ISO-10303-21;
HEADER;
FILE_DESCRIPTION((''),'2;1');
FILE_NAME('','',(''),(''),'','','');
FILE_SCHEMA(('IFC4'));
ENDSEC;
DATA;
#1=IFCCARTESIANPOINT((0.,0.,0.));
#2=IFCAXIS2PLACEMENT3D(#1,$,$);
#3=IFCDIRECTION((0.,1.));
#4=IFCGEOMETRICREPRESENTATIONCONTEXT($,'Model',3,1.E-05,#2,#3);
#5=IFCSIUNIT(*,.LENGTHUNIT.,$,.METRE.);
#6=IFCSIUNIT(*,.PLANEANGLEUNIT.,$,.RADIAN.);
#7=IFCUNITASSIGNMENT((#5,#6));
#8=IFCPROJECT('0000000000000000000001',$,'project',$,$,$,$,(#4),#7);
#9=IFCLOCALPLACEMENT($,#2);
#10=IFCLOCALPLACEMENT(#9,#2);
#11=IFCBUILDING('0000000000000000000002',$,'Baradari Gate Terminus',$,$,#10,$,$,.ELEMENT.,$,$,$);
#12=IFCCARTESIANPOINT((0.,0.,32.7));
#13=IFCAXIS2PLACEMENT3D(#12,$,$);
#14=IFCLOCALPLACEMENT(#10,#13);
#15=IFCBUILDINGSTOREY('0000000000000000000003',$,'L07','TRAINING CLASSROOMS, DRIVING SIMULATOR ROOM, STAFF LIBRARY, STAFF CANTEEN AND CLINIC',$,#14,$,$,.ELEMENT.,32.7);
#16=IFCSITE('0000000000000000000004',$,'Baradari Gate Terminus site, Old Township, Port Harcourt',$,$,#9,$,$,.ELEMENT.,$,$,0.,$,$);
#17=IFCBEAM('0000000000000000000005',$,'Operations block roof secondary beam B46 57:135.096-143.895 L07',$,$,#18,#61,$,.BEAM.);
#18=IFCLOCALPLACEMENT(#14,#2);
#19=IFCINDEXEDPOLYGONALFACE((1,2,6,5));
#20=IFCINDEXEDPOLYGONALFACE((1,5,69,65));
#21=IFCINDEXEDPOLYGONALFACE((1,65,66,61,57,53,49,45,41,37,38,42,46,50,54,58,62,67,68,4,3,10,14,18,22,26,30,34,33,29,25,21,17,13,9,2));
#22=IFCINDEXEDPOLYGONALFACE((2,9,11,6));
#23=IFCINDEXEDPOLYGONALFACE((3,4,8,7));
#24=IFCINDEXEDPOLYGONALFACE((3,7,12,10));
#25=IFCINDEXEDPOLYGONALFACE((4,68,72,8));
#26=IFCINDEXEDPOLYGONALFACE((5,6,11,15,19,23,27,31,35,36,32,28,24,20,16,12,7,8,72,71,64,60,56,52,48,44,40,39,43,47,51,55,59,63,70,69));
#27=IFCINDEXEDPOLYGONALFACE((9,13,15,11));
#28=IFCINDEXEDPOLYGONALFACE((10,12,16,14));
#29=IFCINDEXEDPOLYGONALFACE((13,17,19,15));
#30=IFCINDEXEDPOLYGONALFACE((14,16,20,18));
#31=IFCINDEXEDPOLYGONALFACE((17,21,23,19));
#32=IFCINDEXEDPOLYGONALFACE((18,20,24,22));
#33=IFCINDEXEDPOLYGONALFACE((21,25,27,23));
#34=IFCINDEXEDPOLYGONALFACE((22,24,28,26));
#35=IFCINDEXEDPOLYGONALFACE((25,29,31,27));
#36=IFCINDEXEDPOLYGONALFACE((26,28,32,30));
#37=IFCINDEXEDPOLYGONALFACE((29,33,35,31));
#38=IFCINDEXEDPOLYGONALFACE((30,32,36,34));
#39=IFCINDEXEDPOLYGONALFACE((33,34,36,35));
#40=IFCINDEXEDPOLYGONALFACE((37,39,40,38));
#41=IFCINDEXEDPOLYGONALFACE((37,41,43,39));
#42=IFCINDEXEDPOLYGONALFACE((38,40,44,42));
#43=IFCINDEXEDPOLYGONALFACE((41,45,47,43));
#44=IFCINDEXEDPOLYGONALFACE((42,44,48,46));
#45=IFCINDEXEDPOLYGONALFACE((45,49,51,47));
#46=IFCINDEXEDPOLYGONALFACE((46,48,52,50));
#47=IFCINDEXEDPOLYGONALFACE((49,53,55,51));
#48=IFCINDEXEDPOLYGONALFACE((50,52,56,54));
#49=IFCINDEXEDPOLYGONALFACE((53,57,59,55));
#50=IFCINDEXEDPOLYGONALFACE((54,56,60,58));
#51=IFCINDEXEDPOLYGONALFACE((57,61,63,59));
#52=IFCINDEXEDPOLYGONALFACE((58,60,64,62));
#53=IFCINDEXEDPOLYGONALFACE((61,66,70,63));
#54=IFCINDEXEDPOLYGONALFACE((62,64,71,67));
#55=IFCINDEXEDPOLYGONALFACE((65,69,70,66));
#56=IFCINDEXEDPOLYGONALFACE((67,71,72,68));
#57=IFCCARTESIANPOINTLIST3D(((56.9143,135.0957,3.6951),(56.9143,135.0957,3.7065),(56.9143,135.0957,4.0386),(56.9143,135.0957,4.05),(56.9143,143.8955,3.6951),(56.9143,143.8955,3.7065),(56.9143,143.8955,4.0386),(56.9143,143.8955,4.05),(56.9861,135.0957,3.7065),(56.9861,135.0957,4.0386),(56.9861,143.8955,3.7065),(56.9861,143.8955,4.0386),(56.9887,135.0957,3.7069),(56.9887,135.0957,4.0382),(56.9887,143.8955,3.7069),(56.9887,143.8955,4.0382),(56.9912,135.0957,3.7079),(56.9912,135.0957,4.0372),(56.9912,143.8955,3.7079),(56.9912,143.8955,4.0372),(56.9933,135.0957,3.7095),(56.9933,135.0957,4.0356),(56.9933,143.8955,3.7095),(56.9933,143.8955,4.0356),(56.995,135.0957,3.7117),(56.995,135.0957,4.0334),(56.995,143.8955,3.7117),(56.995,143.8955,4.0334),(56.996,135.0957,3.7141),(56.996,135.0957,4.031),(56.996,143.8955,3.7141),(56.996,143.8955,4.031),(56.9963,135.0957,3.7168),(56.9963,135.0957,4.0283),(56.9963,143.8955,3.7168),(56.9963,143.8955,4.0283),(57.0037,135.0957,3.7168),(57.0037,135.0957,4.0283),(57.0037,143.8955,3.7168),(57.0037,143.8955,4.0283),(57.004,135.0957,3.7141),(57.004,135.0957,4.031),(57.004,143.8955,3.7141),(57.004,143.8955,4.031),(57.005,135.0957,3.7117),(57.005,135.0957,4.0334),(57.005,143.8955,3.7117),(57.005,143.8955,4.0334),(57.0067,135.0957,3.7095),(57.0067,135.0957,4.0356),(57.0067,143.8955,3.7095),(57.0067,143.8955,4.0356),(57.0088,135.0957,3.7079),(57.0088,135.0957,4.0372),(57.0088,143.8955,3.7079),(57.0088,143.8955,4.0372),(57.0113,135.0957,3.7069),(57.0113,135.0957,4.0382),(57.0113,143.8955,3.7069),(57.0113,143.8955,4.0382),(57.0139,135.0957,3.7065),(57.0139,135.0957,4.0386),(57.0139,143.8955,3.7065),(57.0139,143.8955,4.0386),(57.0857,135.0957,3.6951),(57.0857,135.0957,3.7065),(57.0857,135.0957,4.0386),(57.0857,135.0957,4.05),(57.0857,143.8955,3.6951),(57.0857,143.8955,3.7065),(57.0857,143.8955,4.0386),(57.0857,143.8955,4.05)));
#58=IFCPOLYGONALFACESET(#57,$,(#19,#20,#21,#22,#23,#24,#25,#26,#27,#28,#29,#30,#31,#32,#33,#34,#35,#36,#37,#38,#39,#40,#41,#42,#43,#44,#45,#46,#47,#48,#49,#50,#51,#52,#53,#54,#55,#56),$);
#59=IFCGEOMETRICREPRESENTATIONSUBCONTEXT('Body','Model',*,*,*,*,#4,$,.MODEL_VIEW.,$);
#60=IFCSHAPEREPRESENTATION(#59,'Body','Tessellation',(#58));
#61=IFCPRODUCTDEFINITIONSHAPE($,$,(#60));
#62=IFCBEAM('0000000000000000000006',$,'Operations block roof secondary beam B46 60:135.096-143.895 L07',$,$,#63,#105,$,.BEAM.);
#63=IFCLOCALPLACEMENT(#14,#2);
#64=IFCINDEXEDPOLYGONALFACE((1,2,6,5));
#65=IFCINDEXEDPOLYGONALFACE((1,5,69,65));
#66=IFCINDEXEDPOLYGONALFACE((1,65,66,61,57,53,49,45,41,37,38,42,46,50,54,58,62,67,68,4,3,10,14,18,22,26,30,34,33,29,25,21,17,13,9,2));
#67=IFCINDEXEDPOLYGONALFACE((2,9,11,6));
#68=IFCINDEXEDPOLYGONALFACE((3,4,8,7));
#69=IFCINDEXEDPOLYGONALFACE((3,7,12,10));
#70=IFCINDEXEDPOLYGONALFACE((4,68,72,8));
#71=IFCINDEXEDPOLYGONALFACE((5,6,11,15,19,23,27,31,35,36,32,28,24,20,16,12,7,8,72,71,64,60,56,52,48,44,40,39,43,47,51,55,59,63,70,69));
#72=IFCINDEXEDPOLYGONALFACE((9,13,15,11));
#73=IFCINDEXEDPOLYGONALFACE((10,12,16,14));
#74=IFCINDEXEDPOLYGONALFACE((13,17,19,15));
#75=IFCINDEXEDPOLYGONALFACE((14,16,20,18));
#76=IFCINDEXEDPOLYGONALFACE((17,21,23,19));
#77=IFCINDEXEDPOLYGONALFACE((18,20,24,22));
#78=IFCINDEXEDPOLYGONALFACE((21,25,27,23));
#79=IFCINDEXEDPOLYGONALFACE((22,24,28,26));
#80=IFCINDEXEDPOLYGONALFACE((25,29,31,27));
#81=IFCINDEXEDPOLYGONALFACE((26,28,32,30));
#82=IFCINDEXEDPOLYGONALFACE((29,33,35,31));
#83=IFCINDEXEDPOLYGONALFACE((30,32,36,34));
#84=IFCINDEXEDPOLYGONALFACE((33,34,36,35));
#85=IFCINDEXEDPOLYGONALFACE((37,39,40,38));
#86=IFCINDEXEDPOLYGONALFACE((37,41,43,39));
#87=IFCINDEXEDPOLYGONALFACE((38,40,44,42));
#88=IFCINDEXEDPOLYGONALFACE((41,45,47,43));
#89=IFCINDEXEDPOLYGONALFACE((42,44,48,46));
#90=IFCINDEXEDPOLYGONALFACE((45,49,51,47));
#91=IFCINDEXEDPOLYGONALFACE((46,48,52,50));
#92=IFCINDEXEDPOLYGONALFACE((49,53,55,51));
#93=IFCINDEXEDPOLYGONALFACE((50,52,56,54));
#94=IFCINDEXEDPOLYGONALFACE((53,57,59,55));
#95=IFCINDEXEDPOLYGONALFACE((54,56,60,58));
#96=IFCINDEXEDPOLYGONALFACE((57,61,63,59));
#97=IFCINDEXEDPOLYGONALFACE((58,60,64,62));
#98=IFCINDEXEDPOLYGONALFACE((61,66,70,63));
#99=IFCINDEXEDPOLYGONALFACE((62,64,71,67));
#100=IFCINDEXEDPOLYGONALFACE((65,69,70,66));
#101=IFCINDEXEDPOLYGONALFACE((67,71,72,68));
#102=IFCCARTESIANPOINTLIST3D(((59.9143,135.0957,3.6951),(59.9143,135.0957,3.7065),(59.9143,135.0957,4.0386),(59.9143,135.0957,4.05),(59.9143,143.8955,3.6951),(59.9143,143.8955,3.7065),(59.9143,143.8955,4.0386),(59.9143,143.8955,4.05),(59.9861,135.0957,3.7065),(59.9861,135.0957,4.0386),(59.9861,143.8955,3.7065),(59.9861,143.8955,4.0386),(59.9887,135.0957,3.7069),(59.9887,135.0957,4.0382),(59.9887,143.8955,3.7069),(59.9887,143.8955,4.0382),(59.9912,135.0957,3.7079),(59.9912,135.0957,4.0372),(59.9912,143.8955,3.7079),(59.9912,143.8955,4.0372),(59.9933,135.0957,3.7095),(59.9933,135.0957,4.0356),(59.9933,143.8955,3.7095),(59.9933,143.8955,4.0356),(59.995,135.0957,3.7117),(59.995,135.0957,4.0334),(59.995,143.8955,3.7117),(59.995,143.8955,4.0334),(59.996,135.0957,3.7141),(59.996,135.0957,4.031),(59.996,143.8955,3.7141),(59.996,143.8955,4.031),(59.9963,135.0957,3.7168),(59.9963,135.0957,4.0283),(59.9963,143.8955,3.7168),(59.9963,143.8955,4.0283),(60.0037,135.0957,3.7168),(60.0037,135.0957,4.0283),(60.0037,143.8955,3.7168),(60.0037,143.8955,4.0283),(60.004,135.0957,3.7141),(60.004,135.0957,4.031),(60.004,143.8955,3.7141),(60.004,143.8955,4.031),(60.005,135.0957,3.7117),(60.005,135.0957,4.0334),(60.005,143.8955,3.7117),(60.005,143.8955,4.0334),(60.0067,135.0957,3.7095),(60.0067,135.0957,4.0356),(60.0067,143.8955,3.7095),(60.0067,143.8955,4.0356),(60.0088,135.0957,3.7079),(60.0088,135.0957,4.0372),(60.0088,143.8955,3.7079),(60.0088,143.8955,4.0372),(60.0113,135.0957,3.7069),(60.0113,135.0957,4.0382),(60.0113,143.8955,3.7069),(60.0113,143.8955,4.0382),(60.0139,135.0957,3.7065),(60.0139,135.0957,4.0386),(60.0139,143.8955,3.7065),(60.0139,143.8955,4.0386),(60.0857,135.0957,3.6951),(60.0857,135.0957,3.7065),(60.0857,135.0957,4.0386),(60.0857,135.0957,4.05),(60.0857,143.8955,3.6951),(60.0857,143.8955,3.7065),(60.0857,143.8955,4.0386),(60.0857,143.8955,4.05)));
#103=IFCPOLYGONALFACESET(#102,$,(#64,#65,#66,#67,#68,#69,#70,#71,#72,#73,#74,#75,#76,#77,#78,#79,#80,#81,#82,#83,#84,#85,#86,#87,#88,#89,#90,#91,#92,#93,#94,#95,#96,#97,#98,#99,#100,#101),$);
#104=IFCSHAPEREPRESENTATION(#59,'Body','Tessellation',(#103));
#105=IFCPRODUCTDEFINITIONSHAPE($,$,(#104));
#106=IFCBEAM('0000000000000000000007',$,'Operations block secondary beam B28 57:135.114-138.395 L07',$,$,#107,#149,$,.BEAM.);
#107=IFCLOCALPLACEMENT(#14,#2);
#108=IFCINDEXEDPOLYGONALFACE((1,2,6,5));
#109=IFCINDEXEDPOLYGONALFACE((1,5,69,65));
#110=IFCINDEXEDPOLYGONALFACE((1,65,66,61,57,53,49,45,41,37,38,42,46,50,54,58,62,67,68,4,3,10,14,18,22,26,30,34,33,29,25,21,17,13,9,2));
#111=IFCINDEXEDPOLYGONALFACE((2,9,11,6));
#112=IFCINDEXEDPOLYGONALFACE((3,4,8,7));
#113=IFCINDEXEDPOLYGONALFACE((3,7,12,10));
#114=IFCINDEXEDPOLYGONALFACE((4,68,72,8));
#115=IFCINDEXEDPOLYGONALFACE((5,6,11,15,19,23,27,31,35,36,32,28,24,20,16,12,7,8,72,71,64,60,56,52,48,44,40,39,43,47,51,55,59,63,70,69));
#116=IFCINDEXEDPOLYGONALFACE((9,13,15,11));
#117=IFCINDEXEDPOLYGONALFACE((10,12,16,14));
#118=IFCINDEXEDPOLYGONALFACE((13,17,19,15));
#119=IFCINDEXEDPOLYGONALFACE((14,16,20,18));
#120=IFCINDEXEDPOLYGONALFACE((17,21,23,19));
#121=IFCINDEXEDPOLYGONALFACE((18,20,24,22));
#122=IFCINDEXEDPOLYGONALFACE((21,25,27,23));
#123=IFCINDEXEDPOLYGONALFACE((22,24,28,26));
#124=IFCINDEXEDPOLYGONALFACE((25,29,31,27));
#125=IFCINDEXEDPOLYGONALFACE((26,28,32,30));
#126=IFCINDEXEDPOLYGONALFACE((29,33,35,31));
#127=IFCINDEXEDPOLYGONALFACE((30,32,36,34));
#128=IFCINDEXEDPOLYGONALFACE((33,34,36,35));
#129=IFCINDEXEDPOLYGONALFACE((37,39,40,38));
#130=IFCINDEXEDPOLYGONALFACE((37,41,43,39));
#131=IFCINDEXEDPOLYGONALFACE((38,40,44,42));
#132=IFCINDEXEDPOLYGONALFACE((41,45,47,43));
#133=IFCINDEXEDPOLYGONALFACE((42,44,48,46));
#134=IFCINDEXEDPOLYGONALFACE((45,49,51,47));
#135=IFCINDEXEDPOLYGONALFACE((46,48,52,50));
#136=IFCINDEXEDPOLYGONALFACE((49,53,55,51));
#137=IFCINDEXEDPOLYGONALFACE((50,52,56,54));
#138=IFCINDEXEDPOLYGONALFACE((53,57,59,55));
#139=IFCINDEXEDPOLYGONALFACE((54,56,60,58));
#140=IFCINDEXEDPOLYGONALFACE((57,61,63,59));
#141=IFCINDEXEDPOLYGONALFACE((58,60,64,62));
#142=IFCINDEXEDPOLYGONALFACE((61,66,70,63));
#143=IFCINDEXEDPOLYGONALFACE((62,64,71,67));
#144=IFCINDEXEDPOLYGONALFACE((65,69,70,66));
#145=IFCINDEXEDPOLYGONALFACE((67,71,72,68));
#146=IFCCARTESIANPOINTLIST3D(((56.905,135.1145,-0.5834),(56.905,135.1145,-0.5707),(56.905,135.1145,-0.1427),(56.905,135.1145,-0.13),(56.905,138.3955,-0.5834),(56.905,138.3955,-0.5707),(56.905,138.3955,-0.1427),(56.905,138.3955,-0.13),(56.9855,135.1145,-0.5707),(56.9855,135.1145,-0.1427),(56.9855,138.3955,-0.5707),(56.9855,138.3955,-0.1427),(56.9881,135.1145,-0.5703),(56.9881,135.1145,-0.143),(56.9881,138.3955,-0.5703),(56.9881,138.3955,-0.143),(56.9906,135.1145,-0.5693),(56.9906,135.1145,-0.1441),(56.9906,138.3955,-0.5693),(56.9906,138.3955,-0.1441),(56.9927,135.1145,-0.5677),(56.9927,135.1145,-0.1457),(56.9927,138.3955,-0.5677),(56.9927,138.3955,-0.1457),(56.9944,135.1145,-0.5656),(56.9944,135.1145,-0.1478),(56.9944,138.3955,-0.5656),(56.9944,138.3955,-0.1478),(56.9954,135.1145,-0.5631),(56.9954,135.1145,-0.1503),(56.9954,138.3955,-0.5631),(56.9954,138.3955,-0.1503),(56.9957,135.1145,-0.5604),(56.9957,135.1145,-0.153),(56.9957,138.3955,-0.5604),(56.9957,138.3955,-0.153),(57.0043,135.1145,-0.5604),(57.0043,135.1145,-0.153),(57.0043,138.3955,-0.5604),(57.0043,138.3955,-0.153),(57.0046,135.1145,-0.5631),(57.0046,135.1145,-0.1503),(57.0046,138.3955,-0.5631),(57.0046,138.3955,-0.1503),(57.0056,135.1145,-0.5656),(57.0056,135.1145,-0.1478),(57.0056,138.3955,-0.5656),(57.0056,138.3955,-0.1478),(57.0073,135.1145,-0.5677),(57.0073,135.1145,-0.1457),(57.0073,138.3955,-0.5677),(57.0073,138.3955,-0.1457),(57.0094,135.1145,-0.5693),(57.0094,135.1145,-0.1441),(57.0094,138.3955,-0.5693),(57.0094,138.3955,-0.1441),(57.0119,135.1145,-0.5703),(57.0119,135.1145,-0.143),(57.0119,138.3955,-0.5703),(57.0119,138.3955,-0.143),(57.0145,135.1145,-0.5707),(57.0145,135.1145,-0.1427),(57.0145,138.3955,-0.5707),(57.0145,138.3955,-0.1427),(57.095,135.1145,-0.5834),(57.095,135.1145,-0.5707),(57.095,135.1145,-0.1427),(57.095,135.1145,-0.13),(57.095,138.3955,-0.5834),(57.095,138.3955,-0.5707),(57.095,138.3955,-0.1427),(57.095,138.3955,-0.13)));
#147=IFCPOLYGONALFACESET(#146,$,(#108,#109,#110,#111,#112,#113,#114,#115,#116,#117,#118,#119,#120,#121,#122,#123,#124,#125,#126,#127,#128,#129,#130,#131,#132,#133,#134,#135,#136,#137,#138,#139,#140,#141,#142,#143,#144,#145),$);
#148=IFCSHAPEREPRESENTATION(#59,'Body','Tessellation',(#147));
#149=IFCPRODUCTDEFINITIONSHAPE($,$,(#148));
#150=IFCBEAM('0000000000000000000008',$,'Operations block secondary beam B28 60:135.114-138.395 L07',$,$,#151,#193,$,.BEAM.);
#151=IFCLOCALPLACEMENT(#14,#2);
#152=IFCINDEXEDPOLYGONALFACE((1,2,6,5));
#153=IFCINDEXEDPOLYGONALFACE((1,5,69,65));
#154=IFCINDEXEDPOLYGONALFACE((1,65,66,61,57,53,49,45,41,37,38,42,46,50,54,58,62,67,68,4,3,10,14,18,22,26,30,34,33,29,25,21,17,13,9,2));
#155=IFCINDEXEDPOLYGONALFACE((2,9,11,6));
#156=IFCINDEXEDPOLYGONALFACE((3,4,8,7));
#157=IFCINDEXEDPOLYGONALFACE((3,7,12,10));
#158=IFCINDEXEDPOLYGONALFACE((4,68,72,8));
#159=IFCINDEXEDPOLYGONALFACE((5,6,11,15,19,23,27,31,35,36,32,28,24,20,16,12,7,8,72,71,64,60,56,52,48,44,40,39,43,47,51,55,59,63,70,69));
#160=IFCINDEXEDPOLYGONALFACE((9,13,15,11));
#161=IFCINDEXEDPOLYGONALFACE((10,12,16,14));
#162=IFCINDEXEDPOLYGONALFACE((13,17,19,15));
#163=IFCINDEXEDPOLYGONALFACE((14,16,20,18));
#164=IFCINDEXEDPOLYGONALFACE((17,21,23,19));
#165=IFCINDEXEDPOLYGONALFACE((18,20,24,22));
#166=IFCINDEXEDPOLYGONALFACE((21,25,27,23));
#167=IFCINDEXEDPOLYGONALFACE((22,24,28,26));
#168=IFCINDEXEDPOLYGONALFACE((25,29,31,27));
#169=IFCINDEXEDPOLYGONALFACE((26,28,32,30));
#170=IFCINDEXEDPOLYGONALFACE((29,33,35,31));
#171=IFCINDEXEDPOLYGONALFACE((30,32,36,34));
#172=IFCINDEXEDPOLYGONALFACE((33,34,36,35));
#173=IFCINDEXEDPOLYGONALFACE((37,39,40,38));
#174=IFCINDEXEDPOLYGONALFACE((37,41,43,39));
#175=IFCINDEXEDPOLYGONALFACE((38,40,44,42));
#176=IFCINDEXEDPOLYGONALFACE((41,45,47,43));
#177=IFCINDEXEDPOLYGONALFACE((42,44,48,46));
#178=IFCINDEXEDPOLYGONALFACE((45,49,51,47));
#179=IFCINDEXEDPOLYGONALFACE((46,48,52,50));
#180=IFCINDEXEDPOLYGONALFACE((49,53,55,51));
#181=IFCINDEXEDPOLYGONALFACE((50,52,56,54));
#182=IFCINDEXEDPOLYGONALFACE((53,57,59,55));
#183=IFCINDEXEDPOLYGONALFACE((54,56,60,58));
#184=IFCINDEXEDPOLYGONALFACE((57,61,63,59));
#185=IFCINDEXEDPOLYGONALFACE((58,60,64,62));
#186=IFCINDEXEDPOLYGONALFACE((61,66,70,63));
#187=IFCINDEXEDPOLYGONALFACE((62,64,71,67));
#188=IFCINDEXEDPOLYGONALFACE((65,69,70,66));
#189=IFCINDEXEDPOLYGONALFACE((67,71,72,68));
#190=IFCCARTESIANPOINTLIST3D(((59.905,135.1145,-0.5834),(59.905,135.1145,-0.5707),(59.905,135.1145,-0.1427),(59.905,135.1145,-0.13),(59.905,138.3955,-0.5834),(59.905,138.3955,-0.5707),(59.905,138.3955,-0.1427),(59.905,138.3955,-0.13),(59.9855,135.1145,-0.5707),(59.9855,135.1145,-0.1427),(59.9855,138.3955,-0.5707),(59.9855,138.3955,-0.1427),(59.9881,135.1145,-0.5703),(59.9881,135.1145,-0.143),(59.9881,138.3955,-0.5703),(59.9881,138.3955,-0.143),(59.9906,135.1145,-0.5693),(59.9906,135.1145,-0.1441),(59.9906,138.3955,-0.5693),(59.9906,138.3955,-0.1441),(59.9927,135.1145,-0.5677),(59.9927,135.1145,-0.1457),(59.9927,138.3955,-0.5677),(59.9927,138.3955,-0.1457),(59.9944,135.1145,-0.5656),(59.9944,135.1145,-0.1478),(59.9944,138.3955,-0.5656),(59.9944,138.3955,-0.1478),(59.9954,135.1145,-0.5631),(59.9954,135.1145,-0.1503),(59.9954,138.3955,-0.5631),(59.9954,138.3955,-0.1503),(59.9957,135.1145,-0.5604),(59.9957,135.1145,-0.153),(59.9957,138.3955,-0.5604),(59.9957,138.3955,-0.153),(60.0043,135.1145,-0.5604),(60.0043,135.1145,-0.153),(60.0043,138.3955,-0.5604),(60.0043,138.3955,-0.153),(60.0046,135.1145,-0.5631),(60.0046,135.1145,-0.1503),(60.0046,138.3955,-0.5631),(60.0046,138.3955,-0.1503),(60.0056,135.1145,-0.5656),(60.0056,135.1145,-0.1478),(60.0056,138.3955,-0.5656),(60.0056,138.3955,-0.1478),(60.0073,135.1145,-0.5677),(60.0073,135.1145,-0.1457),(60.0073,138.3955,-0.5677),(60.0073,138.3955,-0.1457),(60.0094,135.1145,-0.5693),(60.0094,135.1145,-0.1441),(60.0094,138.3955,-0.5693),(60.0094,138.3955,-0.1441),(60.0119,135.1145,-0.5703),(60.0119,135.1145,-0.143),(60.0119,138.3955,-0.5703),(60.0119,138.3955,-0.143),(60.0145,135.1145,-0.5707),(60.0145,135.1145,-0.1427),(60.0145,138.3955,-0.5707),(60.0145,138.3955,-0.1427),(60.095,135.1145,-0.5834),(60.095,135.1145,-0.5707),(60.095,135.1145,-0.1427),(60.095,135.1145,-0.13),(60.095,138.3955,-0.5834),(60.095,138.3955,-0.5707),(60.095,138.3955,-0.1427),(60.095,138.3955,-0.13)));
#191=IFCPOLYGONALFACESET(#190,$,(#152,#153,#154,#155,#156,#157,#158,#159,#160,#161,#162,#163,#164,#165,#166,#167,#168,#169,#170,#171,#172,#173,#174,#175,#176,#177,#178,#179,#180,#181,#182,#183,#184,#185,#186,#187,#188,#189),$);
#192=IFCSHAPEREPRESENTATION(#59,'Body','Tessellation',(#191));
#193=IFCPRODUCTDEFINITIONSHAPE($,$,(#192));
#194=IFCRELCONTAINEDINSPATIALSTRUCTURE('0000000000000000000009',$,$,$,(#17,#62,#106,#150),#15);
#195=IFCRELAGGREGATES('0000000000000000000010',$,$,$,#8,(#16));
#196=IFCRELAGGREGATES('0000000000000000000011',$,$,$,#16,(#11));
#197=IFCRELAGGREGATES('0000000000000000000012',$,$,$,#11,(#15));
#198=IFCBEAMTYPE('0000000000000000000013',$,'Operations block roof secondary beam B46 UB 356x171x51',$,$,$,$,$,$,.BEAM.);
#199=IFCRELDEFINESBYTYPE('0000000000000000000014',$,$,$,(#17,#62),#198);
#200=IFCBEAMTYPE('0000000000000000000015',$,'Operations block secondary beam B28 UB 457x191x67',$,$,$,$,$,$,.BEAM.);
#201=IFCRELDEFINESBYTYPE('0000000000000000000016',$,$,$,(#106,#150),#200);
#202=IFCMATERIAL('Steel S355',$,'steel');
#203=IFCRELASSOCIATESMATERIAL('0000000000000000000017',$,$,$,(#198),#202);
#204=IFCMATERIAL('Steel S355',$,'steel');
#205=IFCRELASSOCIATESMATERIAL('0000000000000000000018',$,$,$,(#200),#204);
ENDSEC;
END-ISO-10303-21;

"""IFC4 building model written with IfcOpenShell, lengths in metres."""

from ifc_helpers import new_model, si_unit, direction, frame, origin, origin_2d, place, context, subcontext, project, spatial, i_section, extrude, material, material_profile, profile_set, type_object, element, save


model = new_model("IFC4")

# Units and contexts
model_context = context("Model", 3, precision=1e-05, world=origin(), true_north=direction((0.0, 1.0)))
body_context = subcontext(model_context, "Body", "Model", "MODEL_VIEW")
ifc_project = project(units=[si_unit("LENGTHUNIT", "METRE"), si_unit("PLANEANGLEUNIT", "RADIAN")], contexts=[model_context])

# Site, building, storey
site_placement = place(None, origin())
site = spatial("IfcSite", under=ifc_project, at=site_placement, Name="Baradari Gate Terminus site, Old Township, Port Harcourt", CompositionType="ELEMENT", RefElevation=0.0)
building_placement = place(site_placement, origin())
building = spatial("IfcBuilding", under=site, at=building_placement, Name="Baradari Gate Terminus", CompositionType="ELEMENT")
storey_placement = place(building_placement, frame((0.0, 0.0, 32.7)))
storey = spatial("IfcBuildingStorey", under=building, at=storey_placement, Name="L07", Description="TRAINING CLASSROOMS, DRIVING SIMULATOR ROOM, STAFF LIBRARY, STAFF CANTEEN AND CLINIC", CompositionType="ELEMENT", Elevation=32.7)

# Beams
ifc_material_1 = material(Name="Steel S355", Category="steel")
ifc_material_profile_1 = material_profile(ifc_material_1, i_section(OverallWidth=0.1714, OverallDepth=0.355, WebThickness=0.0073, FlangeThickness=0.0115, FilletRadius=0.0103, at=origin_2d()), Name="UB 356x171x51")
ifc_profile_set_1 = profile_set([ifc_material_profile_1], Name="Steel S355")
beam_type_1 = type_object("IfcBeamType", Name="Operations block roof secondary beam B46 UB 356x171x51", PredefinedType="BEAM", material=ifc_profile_set_1)
for number, where, z_axis, x_axis, name in (
    (1, (57.0, 135.0957, 3.8726), (0.0, 1.0, 0.0), (-1.0, 0.0, 0.0), "Operations block roof secondary beam B46 57:135.096-143.895 L07"),
    (2, (60.0, 135.0957, 3.8726), (0.0, 1.0, 0.0), (-1.0, 0.0, 0.0), "Operations block roof secondary beam B46 60:135.096-143.895 L07"),
):
    element("IfcBeam", number, at=place(storey_placement, frame(where, z_axis=z_axis, x_axis=x_axis)), inside=storey, type_object=beam_type_1, Name=name, PredefinedType="BEAM", context=body_context, shape_type="SweptSolid", body=[
        extrude(i_section(OverallWidth=0.1714, OverallDepth=0.355, WebThickness=0.0073, FlangeThickness=0.0115, FilletRadius=0.0103, at=origin_2d()), origin(), (0.0, 0.0, 1.0), 8.7998),
    ])
ifc_material_2 = material(Name="Steel S355", Category="steel")
ifc_material_profile_2 = material_profile(ifc_material_2, i_section(OverallWidth=0.1899, OverallDepth=0.4534, WebThickness=0.0085, FlangeThickness=0.0127, FilletRadius=0.0103, at=origin_2d()), Name="UB 457x191x67")
ifc_profile_set_2 = profile_set([ifc_material_profile_2], Name="Steel S355")
beam_type_2 = type_object("IfcBeamType", Name="Operations block secondary beam B28 UB 457x191x67", PredefinedType="BEAM", material=ifc_profile_set_2)
for number, where, z_axis, x_axis, name in (
    (3, (57.0, 135.1145, -0.3567), (0.0, 1.0, 0.0), (-1.0, 0.0, 0.0), "Operations block secondary beam B28 57:135.114-138.395 L07"),
    (4, (60.0, 135.1145, -0.3567), (0.0, 1.0, 0.0), (-1.0, 0.0, 0.0), "Operations block secondary beam B28 60:135.114-138.395 L07"),
):
    element("IfcBeam", number, at=place(storey_placement, frame(where, z_axis=z_axis, x_axis=x_axis)), inside=storey, type_object=beam_type_2, Name=name, PredefinedType="BEAM", context=body_context, shape_type="SweptSolid", body=[
        extrude(i_section(OverallWidth=0.1899, OverallDepth=0.4534, WebThickness=0.0085, FlangeThickness=0.0127, FilletRadius=0.0103, at=origin_2d()), origin(), (0.0, 0.0, 1.0), 3.281),
    ])

save(model, "model.ifc")
